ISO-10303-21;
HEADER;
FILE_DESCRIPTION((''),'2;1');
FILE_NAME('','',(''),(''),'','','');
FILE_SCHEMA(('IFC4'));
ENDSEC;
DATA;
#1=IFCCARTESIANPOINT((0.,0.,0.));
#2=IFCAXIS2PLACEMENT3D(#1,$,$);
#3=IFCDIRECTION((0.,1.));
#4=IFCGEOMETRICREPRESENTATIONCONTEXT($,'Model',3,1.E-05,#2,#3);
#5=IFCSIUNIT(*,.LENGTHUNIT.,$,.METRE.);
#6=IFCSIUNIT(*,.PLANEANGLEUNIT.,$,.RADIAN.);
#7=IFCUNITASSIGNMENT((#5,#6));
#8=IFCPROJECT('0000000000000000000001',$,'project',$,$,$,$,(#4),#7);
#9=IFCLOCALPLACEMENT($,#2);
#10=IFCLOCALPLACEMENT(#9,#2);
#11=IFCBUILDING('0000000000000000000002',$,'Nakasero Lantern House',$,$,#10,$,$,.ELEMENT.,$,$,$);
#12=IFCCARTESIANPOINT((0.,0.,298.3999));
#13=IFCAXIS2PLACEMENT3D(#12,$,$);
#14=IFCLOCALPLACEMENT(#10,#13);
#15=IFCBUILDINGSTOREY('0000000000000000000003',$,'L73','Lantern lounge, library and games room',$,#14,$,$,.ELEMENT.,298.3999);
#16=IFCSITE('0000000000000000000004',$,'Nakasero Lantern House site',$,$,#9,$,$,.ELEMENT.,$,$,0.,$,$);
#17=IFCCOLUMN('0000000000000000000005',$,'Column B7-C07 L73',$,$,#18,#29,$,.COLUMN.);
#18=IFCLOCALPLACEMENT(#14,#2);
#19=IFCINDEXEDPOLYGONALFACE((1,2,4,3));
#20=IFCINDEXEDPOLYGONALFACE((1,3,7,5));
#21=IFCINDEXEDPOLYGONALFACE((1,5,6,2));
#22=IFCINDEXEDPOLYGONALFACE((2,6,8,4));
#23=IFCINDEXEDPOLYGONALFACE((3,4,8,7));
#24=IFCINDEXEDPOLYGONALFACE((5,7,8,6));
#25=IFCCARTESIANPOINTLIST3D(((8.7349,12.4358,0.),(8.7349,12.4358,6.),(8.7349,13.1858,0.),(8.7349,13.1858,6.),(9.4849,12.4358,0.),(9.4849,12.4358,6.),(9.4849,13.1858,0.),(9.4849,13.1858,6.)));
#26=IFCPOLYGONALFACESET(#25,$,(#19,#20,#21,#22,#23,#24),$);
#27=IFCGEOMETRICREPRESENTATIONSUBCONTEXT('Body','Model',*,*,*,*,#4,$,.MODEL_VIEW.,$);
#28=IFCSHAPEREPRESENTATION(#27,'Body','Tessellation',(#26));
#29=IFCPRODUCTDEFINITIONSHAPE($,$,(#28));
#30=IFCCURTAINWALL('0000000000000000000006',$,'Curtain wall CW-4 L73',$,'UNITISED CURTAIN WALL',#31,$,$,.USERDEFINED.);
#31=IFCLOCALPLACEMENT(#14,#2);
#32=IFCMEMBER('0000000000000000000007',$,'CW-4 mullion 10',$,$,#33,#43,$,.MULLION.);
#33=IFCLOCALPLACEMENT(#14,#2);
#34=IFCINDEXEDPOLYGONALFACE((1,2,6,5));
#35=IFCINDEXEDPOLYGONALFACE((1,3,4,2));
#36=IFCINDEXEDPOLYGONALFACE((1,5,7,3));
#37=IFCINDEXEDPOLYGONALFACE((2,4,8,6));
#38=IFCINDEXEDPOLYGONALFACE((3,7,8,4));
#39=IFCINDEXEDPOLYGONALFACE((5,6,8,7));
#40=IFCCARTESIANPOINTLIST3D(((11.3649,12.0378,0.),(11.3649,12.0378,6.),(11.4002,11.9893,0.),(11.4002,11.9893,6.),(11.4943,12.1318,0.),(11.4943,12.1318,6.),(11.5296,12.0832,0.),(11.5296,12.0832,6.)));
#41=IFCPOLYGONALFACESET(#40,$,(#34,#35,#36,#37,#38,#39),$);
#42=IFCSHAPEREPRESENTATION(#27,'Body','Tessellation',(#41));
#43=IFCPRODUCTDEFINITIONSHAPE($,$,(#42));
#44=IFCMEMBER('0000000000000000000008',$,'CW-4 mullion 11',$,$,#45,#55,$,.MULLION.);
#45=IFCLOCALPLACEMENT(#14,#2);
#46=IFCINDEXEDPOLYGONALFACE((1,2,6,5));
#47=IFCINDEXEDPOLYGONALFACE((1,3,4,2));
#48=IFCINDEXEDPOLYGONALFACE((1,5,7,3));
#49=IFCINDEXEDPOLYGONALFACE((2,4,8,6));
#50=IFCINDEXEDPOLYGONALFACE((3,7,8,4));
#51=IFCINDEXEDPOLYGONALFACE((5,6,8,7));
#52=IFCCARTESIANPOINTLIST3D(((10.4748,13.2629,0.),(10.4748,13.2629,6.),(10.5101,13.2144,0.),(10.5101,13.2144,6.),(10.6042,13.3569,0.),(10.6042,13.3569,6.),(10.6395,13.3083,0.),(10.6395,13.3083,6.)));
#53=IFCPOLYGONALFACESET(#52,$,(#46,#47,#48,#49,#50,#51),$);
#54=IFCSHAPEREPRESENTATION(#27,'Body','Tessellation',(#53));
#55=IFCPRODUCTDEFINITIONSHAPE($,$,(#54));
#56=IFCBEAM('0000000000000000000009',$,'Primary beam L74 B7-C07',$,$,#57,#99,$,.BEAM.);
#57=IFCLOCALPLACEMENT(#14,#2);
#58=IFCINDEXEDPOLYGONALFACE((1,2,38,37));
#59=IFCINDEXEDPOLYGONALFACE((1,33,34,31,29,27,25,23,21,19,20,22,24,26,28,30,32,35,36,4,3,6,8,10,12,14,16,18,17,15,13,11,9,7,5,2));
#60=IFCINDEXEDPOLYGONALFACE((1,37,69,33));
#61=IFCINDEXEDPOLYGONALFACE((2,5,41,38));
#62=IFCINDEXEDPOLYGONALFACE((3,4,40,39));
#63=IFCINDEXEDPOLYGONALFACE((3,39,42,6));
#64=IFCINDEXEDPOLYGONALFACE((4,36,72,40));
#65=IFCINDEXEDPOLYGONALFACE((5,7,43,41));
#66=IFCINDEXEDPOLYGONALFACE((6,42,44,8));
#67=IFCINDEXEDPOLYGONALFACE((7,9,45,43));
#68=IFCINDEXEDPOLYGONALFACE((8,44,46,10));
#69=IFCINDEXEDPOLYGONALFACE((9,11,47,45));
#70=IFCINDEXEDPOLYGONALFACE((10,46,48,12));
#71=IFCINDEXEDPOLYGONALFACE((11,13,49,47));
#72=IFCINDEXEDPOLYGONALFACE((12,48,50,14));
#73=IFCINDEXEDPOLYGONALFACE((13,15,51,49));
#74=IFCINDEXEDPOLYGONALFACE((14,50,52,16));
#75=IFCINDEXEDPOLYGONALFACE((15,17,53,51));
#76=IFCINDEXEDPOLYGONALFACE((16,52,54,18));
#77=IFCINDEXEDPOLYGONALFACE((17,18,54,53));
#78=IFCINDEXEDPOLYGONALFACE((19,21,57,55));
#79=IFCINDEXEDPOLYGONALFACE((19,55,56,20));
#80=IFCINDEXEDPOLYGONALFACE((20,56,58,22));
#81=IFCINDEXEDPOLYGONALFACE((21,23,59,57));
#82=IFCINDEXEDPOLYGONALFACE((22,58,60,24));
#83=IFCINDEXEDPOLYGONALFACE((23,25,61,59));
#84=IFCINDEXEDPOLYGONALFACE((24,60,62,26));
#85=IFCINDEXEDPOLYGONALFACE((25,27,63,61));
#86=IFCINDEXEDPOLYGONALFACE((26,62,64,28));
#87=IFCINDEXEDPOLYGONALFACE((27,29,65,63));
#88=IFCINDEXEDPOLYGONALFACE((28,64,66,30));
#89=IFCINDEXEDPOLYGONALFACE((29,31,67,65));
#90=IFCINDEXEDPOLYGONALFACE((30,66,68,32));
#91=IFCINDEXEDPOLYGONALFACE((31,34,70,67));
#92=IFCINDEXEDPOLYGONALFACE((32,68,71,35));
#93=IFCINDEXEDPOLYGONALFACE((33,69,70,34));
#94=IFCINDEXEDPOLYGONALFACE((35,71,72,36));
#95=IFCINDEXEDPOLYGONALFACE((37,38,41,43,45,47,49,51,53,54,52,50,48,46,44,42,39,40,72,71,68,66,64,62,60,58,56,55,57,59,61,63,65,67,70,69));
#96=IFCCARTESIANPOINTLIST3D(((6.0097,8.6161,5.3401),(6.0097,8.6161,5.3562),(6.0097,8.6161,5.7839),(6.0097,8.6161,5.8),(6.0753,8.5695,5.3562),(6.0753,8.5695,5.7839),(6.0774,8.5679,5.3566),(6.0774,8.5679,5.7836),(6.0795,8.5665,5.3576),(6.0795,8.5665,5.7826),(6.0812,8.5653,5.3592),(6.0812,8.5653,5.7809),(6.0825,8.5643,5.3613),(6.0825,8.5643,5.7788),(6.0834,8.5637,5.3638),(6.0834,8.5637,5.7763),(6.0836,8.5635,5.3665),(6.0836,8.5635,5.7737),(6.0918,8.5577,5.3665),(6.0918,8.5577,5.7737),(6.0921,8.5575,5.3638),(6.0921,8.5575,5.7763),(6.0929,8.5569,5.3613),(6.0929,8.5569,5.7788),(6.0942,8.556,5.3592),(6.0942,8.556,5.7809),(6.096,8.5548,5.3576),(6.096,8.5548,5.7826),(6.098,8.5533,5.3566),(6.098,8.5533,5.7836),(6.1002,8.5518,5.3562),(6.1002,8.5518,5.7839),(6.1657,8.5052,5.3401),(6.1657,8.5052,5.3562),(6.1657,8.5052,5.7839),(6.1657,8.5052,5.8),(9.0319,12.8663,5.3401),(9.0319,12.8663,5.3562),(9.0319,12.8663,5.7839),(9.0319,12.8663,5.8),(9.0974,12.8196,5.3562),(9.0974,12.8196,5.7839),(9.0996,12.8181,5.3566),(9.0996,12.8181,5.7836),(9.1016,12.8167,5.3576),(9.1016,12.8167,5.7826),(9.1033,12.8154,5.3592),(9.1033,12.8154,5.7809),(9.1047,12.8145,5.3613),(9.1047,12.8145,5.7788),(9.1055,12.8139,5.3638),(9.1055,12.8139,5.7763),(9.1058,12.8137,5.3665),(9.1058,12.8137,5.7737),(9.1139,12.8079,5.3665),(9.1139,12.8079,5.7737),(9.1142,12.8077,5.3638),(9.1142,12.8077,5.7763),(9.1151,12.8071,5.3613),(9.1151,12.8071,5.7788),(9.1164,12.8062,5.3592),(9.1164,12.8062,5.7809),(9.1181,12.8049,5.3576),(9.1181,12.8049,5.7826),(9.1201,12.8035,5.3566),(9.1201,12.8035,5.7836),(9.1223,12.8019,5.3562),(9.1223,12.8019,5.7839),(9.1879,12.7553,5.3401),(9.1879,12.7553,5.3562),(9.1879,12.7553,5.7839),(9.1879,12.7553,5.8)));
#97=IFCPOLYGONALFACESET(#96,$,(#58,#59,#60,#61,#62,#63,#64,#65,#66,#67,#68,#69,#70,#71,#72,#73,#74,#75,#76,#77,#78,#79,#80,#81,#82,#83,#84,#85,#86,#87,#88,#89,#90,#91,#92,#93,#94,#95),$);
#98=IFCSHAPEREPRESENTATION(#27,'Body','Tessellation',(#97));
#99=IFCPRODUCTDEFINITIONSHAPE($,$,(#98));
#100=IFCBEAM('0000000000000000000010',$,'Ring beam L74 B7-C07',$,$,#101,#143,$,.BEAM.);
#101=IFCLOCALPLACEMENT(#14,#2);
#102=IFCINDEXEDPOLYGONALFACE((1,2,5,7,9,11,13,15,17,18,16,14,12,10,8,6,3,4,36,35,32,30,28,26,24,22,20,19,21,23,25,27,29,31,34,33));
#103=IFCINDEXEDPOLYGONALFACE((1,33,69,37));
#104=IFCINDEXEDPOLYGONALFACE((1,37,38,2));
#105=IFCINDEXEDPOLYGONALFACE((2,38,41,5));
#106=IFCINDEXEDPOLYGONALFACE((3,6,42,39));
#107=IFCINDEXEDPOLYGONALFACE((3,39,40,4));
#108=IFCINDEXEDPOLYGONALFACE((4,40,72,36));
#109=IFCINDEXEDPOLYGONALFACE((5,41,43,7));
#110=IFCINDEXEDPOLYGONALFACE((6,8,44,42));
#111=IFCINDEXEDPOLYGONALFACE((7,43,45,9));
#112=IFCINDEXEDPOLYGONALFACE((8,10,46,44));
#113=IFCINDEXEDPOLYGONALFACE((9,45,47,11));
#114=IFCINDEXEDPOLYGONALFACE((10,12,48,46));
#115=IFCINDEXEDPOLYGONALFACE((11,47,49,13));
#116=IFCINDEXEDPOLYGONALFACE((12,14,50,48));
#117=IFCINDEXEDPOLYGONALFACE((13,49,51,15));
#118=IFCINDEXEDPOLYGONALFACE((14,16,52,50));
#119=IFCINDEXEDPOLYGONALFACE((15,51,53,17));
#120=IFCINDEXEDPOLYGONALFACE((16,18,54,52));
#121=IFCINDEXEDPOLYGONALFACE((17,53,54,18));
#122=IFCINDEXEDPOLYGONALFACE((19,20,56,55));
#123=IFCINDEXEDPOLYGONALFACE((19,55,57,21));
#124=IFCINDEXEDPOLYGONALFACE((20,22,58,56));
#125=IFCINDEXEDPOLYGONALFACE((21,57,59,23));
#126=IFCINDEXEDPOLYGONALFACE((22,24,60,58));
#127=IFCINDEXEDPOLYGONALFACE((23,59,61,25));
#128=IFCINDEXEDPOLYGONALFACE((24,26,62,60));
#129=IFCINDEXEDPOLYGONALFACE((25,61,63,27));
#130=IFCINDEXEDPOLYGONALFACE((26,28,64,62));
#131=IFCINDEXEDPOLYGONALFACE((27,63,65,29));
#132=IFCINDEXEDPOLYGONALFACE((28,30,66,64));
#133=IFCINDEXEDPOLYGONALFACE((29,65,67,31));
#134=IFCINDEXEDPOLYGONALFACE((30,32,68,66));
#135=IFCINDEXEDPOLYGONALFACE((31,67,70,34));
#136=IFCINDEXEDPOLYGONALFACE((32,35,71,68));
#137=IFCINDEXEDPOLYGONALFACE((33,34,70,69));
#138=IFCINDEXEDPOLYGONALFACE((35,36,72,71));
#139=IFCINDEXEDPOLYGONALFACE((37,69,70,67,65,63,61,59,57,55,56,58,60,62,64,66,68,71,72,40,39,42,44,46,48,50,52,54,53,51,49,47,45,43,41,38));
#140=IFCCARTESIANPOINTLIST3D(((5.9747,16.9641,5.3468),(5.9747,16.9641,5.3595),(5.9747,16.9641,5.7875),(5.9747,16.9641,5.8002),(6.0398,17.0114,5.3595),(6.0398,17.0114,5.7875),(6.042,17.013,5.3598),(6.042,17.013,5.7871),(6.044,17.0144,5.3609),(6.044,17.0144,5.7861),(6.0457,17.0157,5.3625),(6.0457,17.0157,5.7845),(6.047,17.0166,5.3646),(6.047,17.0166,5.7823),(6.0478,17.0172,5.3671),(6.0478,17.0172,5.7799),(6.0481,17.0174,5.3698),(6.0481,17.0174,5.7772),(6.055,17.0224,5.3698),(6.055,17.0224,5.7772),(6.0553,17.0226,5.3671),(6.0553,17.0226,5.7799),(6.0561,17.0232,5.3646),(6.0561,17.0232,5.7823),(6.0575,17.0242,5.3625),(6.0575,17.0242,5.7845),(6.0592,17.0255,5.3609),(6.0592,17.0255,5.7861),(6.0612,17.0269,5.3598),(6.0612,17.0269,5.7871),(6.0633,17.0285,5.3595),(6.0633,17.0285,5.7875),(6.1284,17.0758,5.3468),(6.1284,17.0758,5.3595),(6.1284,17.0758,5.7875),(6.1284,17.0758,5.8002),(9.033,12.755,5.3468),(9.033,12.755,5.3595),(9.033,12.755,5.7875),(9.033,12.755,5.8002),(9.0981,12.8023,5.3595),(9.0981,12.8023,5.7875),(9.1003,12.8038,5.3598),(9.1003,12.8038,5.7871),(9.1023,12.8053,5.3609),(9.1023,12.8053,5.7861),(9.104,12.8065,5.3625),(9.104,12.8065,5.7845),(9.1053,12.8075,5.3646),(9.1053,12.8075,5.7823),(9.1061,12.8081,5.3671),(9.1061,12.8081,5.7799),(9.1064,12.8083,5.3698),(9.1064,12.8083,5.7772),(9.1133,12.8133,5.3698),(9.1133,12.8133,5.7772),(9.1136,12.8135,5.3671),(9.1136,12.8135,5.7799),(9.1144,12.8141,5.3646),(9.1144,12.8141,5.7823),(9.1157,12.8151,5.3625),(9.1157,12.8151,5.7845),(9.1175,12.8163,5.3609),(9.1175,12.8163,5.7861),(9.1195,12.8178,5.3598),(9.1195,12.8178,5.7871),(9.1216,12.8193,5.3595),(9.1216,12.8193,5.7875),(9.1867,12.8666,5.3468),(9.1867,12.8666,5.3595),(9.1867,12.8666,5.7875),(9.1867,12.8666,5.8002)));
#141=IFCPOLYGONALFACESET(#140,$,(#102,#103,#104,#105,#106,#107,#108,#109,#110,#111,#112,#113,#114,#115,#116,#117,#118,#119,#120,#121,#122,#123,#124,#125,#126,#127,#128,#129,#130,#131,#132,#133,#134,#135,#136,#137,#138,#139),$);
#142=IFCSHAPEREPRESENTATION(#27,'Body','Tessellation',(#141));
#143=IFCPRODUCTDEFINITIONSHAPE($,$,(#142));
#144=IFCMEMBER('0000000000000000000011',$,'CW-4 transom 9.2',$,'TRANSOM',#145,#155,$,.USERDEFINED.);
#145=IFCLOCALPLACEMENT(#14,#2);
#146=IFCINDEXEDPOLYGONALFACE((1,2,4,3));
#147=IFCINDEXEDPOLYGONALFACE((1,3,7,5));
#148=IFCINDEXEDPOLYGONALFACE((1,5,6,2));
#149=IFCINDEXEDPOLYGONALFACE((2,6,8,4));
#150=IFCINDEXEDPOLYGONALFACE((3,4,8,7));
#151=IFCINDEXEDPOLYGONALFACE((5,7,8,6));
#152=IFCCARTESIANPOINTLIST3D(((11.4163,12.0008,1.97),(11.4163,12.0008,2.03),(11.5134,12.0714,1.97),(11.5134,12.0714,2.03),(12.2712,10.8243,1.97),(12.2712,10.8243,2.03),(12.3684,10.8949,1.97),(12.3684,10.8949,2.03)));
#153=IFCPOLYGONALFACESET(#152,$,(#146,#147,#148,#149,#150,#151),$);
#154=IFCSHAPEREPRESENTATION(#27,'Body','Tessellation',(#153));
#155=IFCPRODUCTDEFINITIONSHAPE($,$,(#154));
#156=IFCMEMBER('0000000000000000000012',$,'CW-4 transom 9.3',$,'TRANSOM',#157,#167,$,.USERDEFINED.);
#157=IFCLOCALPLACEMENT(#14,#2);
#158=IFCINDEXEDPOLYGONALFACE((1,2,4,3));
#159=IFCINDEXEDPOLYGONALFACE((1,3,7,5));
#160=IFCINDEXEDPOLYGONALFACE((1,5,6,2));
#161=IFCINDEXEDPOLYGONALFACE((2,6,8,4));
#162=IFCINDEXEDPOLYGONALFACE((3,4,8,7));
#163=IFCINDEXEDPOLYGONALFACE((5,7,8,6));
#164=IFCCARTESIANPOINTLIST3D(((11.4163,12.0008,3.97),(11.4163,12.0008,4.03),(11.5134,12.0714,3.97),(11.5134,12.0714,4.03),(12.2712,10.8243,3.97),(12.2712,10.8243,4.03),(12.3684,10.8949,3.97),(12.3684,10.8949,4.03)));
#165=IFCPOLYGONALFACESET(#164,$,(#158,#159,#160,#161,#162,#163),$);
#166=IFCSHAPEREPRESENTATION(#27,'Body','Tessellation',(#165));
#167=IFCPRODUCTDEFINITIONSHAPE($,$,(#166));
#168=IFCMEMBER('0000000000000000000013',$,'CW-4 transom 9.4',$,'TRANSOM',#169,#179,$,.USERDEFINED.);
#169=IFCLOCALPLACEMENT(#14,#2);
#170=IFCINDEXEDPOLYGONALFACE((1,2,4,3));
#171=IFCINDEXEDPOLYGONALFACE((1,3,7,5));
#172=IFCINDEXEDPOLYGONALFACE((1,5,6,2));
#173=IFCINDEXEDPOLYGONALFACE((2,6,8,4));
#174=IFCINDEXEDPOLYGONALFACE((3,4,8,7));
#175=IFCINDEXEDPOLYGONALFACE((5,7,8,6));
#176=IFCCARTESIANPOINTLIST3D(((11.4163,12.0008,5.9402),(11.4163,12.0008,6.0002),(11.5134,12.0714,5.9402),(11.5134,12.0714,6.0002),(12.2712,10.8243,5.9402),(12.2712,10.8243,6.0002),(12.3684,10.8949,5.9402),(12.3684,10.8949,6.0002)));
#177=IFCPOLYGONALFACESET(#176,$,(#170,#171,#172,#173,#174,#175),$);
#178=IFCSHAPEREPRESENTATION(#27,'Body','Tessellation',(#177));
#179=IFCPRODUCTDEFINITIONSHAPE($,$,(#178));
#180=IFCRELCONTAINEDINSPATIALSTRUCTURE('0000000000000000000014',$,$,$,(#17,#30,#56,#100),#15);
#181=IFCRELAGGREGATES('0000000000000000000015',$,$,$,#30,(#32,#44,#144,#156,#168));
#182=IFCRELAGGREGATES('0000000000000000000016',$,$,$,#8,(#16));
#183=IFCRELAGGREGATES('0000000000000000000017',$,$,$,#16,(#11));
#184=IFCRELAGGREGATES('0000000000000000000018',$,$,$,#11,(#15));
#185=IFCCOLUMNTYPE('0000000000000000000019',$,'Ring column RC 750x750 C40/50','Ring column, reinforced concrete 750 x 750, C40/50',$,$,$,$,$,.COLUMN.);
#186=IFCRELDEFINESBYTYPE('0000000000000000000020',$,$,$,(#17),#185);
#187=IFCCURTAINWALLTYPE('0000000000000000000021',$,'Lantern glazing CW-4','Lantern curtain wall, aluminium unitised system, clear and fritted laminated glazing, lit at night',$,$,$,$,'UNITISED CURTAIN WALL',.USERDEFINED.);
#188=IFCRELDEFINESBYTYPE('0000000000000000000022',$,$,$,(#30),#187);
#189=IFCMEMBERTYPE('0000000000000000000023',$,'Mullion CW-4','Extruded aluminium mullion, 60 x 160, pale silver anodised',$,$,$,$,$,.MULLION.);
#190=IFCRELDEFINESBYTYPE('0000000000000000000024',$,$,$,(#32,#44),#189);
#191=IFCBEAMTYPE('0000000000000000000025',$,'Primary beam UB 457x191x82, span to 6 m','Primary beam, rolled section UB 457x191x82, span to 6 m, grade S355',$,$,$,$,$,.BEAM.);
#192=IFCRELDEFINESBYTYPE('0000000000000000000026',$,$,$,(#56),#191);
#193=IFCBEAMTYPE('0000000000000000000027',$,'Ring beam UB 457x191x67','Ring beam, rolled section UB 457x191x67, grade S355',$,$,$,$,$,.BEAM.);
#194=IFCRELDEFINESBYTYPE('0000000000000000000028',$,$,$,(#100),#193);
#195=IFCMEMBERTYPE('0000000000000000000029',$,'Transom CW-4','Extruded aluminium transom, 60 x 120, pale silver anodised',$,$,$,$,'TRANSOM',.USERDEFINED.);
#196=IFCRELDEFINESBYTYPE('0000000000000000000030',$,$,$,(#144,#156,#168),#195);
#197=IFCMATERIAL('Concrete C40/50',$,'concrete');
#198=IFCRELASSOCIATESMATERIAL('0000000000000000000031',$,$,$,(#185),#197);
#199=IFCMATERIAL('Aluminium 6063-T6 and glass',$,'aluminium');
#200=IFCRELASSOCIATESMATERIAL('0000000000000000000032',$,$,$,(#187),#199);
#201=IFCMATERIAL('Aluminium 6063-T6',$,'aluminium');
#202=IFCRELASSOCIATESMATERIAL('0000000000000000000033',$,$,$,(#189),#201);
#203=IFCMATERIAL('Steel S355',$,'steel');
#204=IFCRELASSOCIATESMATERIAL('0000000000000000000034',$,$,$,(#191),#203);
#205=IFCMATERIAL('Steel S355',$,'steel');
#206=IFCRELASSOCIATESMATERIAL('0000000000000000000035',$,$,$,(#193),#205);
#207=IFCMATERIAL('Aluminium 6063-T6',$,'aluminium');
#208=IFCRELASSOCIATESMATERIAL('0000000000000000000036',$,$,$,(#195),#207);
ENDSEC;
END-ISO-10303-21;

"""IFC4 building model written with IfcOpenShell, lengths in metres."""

from ifc_helpers import new_model, si_unit, direction, frame, origin, origin_2d, place, context, subcontext, project, spatial, rectangle, i_section, extrude, material, material_profile, profile_set, type_object, element, aggregate, save


model = new_model("IFC4")

# Units and contexts
model_context = context("Model", 3, precision=1e-05, world=origin(), true_north=direction((0.0, 1.0)))
body_context = subcontext(model_context, "Body", "Model", "MODEL_VIEW")
ifc_project = project(units=[si_unit("LENGTHUNIT", "METRE"), si_unit("PLANEANGLEUNIT", "RADIAN")], contexts=[model_context])

# Site, building, storey
site_placement = place(None, origin())
site = spatial("IfcSite", under=ifc_project, at=site_placement, Name="Nakasero Lantern House site", CompositionType="ELEMENT", RefElevation=0.0)
building_placement = place(site_placement, origin())
building = spatial("IfcBuilding", under=site, at=building_placement, Name="Nakasero Lantern House", CompositionType="ELEMENT")
storey_placement = place(building_placement, frame((0.0, 0.0, 298.3999)))
storey = spatial("IfcBuildingStorey", under=building, at=storey_placement, Name="L73", Description="Lantern lounge, library and games room", CompositionType="ELEMENT", Elevation=298.3999)

# Column
ifc_material_1 = material(Name="Concrete C40/50", Category="concrete")
ifc_material_profile_1 = material_profile(ifc_material_1, rectangle(XDim=0.75, YDim=0.75, at=origin_2d()), Name="RC 750x750")
ifc_profile_set_1 = profile_set([ifc_material_profile_1], Name="Concrete C40/50")
column_type = type_object("IfcColumnType", Name="Ring column RC 750x750 C40/50", Description="Ring column, reinforced concrete 750 x 750, C40/50", PredefinedType="COLUMN", material=ifc_profile_set_1)
column_placement = place(storey_placement, frame((9.1099, 12.8108, 0.0), z_axis=(0.0, 0.0, 1.0), x_axis=(1.0, 0.0, 0.0)))
element("IfcColumn", 1, at=column_placement, inside=storey, type_object=column_type, Name="Column B7-C07 L73", PredefinedType="COLUMN", context=body_context, shape_type="SweptSolid", body=[
    extrude(rectangle(XDim=0.75, YDim=0.75, at=origin_2d()), origin(), (0.0, 0.0, 1.0), 6.0),
])

# Curtain wall, members
ifc_material_2 = material(Name="Aluminium 6063-T6 and glass", Category="aluminium")
curtain_wall_type = type_object("IfcCurtainWallType", Name="Lantern glazing CW-4", Description="Lantern curtain wall, aluminium unitised system, clear and fritted laminated glazing, lit at night", ElementType="UNITISED CURTAIN WALL", PredefinedType="USERDEFINED", material=ifc_material_2)
curtain_wall_placement = place(storey_placement, origin())
curtain_wall = element("IfcCurtainWall", 2, at=curtain_wall_placement, inside=storey, type_object=curtain_wall_type, Name="Curtain wall CW-4 L73", ObjectType="UNITISED CURTAIN WALL", PredefinedType="USERDEFINED")
ifc_material_3 = material(Name="Aluminium 6063-T6", Category="aluminium")
ifc_material_profile_2 = material_profile(ifc_material_3, rectangle(XDim=0.0601, YDim=0.1599, at=origin_2d()), Name="CW-4 mullion 60x160")
ifc_profile_set_2 = profile_set([ifc_material_profile_2], Name="Aluminium 6063-T6")
member_type_1 = type_object("IfcMemberType", Name="Mullion CW-4", Description="Extruded aluminium mullion, 60 x 160, pale silver anodised", PredefinedType="MULLION", material=ifc_profile_set_2)
member_1_placement = place(storey_placement, frame((11.4473, 12.0605, 0.0), z_axis=(0.0, 0.0, 1.0), x_axis=(-0.587785, 0.809017, 0.0)))
member_1 = element("IfcMember", 3, at=member_1_placement, type_object=member_type_1, Name="CW-4 mullion 10", PredefinedType="MULLION", context=body_context, shape_type="SweptSolid", body=[
    extrude(rectangle(XDim=0.0601, YDim=0.1599, at=origin_2d()), origin(), (0.0, 0.0, 1.0), 6.0),
])
member_2_placement = place(storey_placement, frame((10.5571, 13.2856, 0.0), z_axis=(0.0, 0.0, 1.0), x_axis=(-0.587785, 0.809017, 0.0)))
member_2 = element("IfcMember", 4, at=member_2_placement, type_object=member_type_1, Name="CW-4 mullion 11", PredefinedType="MULLION", context=body_context, shape_type="SweptSolid", body=[
    extrude(rectangle(XDim=0.0601, YDim=0.1599, at=origin_2d()), origin(), (0.0, 0.0, 1.0), 6.0),
])

# Beams
ifc_material_4 = material(Name="Steel S355", Category="steel")
ifc_material_profile_3 = material_profile(ifc_material_4, i_section(OverallWidth=0.1914, OverallDepth=0.46, WebThickness=0.01, FlangeThickness=0.0161, FilletRadius=0.0103, at=origin_2d()), Name="UB 457x191x82")
ifc_profile_set_3 = profile_set([ifc_material_profile_3], Name="Steel S355")
beam_type_1 = type_object("IfcBeamType", Name="Primary beam UB 457x191x82, span to 6 m", Description="Primary beam, rolled section UB 457x191x82, span to 6 m, grade S355", PredefinedType="BEAM", material=ifc_profile_set_3)
beam_1_placement = place(storey_placement, frame((9.1099, 12.8108, 5.5701), z_axis=(-0.579501, -0.814972, 0.0), x_axis=(0.814972, -0.579501, 0.0)))
element("IfcBeam", 5, at=beam_1_placement, inside=storey, type_object=beam_type_1, Name="Primary beam L74 B7-C07", PredefinedType="BEAM", context=body_context, shape_type="SweptSolid", body=[
    extrude(i_section(OverallWidth=0.1914, OverallDepth=0.46, WebThickness=0.01, FlangeThickness=0.0161, FilletRadius=0.0103, at=origin_2d()), origin(), (0.0, 0.0, 1.0), 5.2151),
])
ifc_material_5 = material(Name="Steel S355", Category="steel")
ifc_material_profile_4 = material_profile(ifc_material_5, i_section(OverallWidth=0.1899, OverallDepth=0.4534, WebThickness=0.0085, FlangeThickness=0.0127, FilletRadius=0.0103, at=origin_2d()), Name="UB 457x191x67")
ifc_profile_set_4 = profile_set([ifc_material_profile_4], Name="Steel S355")
beam_type_2 = type_object("IfcBeamType", Name="Ring beam UB 457x191x67", Description="Ring beam, rolled section UB 457x191x67, grade S355", PredefinedType="BEAM", material=ifc_profile_set_4)
beam_2_placement = place(storey_placement, frame((9.1099, 12.8108, 5.5735), z_axis=(-0.587806, 0.809002, 0.0), x_axis=(-0.809002, -0.587806, 0.0)))
element("IfcBeam", 6, at=beam_2_placement, inside=storey, type_object=beam_type_2, Name="Ring beam L74 B7-C07", PredefinedType="BEAM", context=body_context, shape_type="SweptSolid", body=[
    extrude(i_section(OverallWidth=0.1899, OverallDepth=0.4534, WebThickness=0.0085, FlangeThickness=0.0127, FilletRadius=0.0103, at=origin_2d()), origin(), (0.0, 0.0, 1.0), 5.2029),
])

# Members
ifc_material_6 = material(Name="Aluminium 6063-T6", Category="aluminium")
ifc_material_profile_5 = material_profile(ifc_material_6, rectangle(XDim=0.0601, YDim=0.1201, at=origin_2d()), Name="CW-4 transom 60x120")
ifc_profile_set_5 = profile_set([ifc_material_profile_5], Name="Aluminium 6063-T6")
member_type_2 = type_object("IfcMemberType", Name="Transom CW-4", Description="Extruded aluminium transom, 60 x 120, pale silver anodised", ElementType="TRANSOM", PredefinedType="USERDEFINED", material=ifc_profile_set_5)
member_3_placement = place(storey_placement, frame((12.3198, 10.8596, 2.0), z_axis=(-0.587872, 0.808954, 0.0), x_axis=(0.0, 0.0, 1.0)))
member_3 = element("IfcMember", 7, at=member_3_placement, type_object=member_type_2, Name="CW-4 transom 9.2", ObjectType="TRANSOM", PredefinedType="USERDEFINED", context=body_context, shape_type="SweptSolid", body=[
    extrude(rectangle(XDim=0.0601, YDim=0.1201, at=origin_2d()), origin(), (0.0, 0.0, 1.0), 1.4543),
])
member_4_placement = place(storey_placement, frame((12.3198, 10.8596, 4.0), z_axis=(-0.587872, 0.808954, 0.0), x_axis=(0.0, 0.0, 1.0)))
member_4 = element("IfcMember", 8, at=member_4_placement, type_object=member_type_2, Name="CW-4 transom 9.3", ObjectType="TRANSOM", PredefinedType="USERDEFINED", context=body_context, shape_type="SweptSolid", body=[
    extrude(rectangle(XDim=0.0601, YDim=0.1201, at=origin_2d()), origin(), (0.0, 0.0, 1.0), 1.4543),
])
member_5_placement = place(storey_placement, frame((12.3198, 10.8596, 5.9702), z_axis=(-0.587872, 0.808954, 0.0), x_axis=(0.0, 0.0, 1.0)))
member_5 = element("IfcMember", 9, at=member_5_placement, type_object=member_type_2, Name="CW-4 transom 9.4", ObjectType="TRANSOM", PredefinedType="USERDEFINED", context=body_context, shape_type="SweptSolid", body=[
    extrude(rectangle(XDim=0.0601, YDim=0.1201, at=origin_2d()), origin(), (0.0, 0.0, 1.0), 1.4543),
])

aggregate(curtain_wall, [member_1, member_2, member_3, member_4, member_5])

save(model, "model.ifc")
